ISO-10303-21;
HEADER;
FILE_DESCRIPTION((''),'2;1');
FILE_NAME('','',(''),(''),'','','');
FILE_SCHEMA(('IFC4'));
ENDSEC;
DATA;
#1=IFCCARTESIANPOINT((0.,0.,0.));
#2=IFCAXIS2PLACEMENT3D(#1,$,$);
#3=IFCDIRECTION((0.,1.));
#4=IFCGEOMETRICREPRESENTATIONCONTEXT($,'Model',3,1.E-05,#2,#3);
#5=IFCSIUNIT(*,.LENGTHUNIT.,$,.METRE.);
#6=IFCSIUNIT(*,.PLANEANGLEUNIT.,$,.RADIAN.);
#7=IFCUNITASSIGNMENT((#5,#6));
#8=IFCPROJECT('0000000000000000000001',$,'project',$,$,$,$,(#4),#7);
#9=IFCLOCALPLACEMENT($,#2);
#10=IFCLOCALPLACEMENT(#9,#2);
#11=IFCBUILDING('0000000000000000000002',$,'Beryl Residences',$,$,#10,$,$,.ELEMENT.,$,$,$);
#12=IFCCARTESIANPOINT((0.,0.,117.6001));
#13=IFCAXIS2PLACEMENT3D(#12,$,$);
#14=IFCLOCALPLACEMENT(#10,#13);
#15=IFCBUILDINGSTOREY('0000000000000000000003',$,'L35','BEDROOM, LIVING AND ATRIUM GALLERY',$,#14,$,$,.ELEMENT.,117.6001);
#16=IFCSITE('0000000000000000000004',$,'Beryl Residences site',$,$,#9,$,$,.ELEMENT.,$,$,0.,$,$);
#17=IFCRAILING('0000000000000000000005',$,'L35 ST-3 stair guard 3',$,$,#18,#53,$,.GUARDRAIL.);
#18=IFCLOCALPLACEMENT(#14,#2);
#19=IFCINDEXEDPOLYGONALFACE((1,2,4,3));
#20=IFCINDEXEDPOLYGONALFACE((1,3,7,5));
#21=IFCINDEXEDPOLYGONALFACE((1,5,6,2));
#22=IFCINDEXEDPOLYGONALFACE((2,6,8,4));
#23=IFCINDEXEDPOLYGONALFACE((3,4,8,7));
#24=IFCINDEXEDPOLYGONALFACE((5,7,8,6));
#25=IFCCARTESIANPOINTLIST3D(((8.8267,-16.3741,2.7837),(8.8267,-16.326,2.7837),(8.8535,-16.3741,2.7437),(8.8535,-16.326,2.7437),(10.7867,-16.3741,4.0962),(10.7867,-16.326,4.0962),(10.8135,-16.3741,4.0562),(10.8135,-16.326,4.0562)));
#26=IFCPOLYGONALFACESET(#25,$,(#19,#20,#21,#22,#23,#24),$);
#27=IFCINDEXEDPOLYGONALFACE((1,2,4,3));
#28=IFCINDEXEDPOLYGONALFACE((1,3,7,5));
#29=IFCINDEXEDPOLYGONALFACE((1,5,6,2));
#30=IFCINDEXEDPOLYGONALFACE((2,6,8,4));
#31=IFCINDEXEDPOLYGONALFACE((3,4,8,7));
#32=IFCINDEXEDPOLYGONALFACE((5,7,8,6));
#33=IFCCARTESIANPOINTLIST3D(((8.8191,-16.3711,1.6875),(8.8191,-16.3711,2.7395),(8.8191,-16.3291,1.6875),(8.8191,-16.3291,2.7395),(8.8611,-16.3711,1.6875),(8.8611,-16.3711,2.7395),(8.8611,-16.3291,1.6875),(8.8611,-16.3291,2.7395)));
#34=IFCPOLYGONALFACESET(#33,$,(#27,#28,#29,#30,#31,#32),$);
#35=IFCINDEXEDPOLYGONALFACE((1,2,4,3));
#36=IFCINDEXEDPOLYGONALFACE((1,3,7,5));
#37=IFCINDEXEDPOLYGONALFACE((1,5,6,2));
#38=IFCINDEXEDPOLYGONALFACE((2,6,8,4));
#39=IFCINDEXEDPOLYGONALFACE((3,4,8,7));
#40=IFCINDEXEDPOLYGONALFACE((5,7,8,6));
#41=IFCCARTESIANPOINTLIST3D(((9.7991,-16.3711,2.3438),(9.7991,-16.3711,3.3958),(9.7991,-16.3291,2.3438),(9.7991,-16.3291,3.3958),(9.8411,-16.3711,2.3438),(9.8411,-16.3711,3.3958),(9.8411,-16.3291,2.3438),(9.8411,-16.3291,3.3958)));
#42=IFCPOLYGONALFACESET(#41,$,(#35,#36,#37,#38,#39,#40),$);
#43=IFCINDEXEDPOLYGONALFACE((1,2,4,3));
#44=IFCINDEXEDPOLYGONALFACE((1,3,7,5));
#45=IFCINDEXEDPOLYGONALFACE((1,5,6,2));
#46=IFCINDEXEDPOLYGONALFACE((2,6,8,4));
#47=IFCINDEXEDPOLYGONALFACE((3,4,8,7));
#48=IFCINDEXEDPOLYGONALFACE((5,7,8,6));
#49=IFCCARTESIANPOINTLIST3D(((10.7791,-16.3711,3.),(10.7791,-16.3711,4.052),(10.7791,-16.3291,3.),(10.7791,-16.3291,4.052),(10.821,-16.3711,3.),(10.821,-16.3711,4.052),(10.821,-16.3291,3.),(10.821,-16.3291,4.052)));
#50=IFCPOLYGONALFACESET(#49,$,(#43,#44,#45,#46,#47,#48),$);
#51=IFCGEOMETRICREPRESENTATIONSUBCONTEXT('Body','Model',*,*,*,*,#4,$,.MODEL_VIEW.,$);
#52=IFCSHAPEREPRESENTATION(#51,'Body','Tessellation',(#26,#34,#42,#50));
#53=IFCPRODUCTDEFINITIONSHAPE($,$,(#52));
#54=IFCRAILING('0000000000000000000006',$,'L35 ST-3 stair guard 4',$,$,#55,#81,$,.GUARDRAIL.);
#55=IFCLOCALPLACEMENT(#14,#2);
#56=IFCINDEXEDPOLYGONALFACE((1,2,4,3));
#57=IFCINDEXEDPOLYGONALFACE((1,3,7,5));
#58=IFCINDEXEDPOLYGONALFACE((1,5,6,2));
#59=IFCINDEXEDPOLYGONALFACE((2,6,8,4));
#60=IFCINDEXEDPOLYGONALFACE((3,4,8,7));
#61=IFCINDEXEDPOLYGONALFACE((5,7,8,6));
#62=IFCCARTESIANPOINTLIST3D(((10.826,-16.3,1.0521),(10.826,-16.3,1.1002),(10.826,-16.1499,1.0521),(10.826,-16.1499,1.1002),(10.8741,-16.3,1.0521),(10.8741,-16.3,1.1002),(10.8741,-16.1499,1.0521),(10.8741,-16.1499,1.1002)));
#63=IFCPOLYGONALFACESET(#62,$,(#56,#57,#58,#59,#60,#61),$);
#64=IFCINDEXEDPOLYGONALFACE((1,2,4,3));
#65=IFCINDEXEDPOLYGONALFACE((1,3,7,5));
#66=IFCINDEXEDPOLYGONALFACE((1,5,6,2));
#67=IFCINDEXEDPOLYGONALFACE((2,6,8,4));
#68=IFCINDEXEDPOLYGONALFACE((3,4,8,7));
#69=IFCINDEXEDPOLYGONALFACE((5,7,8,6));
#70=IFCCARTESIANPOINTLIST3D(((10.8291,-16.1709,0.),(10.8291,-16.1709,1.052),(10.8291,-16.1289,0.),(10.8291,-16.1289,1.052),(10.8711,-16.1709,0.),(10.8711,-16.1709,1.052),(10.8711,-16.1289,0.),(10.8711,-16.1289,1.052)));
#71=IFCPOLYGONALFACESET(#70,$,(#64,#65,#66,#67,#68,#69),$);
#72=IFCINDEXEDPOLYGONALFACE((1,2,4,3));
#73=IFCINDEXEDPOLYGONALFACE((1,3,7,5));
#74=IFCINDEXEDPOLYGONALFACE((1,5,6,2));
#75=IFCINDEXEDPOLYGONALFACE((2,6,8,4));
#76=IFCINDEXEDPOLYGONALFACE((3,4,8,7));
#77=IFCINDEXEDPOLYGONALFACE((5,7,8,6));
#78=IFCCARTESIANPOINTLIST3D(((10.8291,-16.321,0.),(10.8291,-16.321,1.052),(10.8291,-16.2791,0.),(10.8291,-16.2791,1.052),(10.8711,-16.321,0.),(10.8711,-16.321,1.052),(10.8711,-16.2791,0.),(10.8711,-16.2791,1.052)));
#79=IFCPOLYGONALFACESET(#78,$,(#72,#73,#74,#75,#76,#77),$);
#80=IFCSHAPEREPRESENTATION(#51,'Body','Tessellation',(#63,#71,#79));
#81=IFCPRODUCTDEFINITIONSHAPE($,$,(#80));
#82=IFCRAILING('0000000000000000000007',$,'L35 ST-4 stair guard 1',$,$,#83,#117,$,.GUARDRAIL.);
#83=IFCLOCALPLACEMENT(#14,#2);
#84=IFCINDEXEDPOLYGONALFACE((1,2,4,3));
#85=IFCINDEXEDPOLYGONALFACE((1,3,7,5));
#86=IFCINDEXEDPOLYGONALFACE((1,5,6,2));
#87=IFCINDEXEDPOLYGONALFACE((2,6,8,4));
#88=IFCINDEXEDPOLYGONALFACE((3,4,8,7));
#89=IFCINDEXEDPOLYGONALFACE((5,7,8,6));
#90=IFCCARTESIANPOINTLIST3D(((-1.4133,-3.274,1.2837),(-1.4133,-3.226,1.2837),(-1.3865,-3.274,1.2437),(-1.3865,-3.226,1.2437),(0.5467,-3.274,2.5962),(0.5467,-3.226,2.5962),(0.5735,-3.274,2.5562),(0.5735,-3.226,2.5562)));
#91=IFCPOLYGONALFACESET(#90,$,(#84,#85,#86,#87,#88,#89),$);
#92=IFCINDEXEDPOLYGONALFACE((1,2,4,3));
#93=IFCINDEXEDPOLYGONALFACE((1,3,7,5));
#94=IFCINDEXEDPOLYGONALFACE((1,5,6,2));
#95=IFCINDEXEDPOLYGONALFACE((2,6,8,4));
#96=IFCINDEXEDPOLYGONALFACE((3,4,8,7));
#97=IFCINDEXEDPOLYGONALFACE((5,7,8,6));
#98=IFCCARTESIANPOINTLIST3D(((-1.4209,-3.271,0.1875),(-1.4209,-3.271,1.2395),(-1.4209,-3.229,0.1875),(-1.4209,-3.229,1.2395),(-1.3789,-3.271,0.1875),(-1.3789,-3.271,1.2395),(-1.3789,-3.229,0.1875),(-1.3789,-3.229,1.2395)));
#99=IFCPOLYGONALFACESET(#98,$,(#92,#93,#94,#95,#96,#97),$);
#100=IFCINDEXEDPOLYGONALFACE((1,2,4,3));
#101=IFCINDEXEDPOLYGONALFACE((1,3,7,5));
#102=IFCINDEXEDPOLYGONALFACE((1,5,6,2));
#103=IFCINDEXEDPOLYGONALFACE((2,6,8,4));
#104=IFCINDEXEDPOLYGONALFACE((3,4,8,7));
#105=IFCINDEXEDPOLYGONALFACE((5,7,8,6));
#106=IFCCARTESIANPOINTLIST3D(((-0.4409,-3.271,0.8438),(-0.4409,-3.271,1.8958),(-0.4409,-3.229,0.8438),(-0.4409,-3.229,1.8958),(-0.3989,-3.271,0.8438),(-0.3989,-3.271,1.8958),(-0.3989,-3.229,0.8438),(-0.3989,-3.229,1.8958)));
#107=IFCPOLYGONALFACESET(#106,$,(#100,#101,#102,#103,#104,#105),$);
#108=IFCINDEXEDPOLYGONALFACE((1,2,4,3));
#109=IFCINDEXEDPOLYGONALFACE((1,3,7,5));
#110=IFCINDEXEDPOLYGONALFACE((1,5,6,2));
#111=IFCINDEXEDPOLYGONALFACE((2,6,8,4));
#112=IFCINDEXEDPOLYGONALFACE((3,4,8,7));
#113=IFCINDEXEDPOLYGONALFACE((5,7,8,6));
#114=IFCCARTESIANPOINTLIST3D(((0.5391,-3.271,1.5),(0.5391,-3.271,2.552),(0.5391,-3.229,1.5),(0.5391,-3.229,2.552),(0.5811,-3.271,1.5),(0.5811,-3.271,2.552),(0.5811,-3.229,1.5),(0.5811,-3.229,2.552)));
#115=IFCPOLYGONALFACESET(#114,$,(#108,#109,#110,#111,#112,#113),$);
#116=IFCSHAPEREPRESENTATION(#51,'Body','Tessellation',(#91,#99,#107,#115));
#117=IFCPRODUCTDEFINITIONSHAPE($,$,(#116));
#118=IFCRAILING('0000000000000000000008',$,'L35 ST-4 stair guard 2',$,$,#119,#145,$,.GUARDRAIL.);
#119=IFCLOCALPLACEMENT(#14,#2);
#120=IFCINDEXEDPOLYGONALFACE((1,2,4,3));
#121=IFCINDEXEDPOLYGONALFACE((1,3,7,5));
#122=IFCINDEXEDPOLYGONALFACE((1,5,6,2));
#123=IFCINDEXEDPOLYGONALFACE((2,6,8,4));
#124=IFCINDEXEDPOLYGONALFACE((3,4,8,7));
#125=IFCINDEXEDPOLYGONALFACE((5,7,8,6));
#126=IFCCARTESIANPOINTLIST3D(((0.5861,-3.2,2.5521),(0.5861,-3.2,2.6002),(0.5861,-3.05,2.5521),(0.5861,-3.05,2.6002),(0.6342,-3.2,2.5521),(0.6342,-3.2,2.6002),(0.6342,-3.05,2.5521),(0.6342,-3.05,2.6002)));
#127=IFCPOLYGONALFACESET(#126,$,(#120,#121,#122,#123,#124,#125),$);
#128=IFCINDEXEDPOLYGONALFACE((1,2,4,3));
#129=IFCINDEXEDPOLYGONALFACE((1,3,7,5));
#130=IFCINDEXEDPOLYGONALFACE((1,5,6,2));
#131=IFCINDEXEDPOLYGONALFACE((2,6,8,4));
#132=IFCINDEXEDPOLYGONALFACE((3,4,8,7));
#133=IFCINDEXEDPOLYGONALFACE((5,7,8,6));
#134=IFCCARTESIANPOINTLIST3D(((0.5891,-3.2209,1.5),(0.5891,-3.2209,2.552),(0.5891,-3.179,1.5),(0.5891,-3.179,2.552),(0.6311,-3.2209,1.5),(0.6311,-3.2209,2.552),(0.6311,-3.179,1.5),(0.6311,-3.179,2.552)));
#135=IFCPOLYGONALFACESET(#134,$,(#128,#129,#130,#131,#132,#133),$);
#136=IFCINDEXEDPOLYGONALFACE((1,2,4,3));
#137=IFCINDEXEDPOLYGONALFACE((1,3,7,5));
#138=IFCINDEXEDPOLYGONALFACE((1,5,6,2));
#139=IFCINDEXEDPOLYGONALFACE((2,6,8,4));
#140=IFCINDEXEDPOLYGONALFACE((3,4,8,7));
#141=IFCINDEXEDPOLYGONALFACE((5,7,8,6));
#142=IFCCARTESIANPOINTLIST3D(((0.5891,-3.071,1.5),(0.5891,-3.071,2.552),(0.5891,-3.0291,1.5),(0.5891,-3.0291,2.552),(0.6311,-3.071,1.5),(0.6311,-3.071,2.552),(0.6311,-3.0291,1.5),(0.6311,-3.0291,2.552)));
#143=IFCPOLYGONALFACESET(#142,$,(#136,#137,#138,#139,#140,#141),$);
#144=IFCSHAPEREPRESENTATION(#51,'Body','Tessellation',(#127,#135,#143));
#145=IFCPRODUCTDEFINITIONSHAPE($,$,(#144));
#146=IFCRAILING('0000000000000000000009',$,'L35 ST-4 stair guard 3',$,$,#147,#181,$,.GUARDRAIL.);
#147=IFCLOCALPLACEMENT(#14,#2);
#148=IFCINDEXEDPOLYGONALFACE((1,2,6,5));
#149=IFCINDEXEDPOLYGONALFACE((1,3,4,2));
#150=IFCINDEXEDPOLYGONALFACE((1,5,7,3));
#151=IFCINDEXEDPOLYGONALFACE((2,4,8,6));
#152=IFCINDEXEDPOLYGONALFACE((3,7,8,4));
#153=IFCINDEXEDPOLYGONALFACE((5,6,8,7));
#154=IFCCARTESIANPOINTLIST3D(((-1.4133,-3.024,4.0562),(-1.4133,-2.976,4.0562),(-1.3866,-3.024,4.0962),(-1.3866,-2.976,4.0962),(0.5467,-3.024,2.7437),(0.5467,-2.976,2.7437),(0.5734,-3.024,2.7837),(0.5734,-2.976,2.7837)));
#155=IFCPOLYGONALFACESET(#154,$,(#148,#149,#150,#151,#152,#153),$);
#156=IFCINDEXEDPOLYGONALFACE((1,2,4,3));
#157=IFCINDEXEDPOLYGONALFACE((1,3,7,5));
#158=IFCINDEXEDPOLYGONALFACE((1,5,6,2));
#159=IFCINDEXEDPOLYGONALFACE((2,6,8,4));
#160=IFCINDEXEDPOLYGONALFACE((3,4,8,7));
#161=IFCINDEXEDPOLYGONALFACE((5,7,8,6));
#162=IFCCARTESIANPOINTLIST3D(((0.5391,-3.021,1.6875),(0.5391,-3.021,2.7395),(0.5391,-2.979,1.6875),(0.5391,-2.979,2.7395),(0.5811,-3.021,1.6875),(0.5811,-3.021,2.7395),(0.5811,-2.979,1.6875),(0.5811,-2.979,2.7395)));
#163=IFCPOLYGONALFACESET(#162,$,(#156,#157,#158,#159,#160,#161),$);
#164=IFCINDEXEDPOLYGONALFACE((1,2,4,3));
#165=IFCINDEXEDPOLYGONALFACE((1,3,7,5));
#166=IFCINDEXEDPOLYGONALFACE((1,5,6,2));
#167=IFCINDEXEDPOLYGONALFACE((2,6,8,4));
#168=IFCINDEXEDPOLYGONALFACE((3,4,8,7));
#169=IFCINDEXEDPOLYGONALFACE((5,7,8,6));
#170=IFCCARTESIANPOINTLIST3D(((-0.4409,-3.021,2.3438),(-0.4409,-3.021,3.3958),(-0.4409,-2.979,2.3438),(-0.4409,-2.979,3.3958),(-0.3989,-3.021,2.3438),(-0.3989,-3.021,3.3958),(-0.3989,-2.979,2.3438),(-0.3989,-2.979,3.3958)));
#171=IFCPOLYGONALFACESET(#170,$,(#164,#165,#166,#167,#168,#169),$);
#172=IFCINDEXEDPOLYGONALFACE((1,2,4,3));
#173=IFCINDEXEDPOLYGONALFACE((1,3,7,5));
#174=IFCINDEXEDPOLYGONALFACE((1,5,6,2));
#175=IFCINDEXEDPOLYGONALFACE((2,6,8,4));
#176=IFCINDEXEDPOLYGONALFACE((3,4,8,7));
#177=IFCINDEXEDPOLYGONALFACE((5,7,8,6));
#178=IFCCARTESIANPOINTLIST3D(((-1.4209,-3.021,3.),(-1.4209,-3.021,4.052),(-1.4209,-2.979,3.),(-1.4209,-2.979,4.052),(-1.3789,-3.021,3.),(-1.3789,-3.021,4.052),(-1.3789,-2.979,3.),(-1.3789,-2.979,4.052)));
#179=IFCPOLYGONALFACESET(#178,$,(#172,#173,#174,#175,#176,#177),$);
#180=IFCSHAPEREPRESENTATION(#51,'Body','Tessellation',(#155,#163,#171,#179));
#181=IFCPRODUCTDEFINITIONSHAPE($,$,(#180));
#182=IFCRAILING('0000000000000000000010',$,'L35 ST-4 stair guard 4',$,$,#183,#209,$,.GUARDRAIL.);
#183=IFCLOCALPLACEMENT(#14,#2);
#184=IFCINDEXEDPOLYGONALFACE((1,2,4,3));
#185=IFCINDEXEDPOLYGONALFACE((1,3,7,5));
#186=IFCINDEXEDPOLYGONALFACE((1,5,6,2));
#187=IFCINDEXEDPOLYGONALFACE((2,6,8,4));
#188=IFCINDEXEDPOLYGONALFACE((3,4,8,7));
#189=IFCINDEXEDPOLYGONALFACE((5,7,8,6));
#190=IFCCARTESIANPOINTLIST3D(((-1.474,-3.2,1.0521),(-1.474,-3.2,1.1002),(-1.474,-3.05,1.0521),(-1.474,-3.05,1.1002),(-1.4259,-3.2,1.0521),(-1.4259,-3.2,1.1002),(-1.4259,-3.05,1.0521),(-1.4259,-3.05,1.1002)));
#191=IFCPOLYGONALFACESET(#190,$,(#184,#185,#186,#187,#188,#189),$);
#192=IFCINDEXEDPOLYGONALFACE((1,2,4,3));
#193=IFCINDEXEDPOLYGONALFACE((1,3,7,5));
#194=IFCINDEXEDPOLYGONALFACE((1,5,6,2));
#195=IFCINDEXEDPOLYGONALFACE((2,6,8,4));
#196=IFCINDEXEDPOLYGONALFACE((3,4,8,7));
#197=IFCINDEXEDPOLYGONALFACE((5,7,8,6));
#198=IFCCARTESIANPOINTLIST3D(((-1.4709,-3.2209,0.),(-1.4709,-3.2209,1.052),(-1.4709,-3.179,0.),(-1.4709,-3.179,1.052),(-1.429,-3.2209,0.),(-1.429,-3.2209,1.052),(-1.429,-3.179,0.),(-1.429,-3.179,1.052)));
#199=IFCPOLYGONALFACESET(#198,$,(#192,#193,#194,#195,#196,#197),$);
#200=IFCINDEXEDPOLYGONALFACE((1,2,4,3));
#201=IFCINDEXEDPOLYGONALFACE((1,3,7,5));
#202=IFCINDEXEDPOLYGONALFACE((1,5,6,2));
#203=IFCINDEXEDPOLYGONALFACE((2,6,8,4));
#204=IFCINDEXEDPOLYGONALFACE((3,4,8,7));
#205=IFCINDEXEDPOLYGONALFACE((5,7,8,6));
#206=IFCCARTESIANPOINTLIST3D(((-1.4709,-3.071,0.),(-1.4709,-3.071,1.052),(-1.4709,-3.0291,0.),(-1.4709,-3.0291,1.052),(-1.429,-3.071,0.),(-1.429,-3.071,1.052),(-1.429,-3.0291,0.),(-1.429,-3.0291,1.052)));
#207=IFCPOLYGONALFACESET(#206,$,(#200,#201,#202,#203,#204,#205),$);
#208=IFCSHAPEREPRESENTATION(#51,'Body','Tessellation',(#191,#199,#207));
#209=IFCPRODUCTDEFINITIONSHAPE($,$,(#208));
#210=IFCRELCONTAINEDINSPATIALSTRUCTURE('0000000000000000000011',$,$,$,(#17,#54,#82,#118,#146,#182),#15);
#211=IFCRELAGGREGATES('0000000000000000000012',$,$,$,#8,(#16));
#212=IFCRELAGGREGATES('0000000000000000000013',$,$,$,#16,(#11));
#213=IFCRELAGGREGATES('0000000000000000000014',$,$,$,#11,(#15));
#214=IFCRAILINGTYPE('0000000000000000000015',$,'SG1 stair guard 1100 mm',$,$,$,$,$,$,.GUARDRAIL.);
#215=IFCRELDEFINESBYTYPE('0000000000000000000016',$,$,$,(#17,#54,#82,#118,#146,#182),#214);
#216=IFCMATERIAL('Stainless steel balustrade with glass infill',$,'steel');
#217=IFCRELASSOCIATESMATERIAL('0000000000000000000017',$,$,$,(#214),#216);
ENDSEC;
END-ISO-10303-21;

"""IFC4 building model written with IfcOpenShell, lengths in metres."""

from ifc_helpers import new_model, si_unit, direction, frame, origin, origin_2d, place, context, subcontext, project, spatial, rectangle, extrude, material, type_object, element, save


model = new_model("IFC4")

# Units and contexts
model_context = context("Model", 3, precision=1e-05, world=origin(), true_north=direction((0.0, 1.0)))
body_context = subcontext(model_context, "Body", "Model", "MODEL_VIEW")
ifc_project = project(units=[si_unit("LENGTHUNIT", "METRE"), si_unit("PLANEANGLEUNIT", "RADIAN")], contexts=[model_context])

# Site, building, storey
site_placement = place(None, origin())
site = spatial("IfcSite", under=ifc_project, at=site_placement, Name="Beryl Residences site", CompositionType="ELEMENT", RefElevation=0.0)
building_placement = place(site_placement, origin())
building = spatial("IfcBuilding", under=site, at=building_placement, Name="Beryl Residences", CompositionType="ELEMENT")
storey_placement = place(building_placement, frame((0.0, 0.0, 117.6001)))
storey = spatial("IfcBuildingStorey", under=building, at=storey_placement, Name="L35", Description="BEDROOM, LIVING AND ATRIUM GALLERY", CompositionType="ELEMENT", Elevation=117.6001)

# Railings
ifc_material_1 = material(Name="Stainless steel balustrade with glass infill", Category="steel")
railing_type_1 = type_object("IfcRailingType", Name="SG1 stair guard 1100 mm", PredefinedType="GUARDRAIL", material=ifc_material_1)
railing_1_placement = place(storey_placement, frame((8.8401, -16.3501, 1.6875)))
element("IfcRailing", 1, at=railing_1_placement, inside=storey, type_object=railing_type_1, Name="L35 ST-3 stair guard 3", PredefinedType="GUARDRAIL", context=body_context, shape_type="SweptSolid", body=[
    extrude(rectangle(XDim=0.0481, YDim=0.0481, at=origin_2d()), frame((0.0, 0.0, 1.0762), z_axis=(0.830902, 0.0, 0.556419), x_axis=(0.0, 1.0, 0.0)), (0.0, 0.0, 1.0), 2.3589),
    extrude(rectangle(XDim=0.042, YDim=0.042, at=origin_2d()), origin(), (0.0, 0.0, 1.0), 1.052),
    extrude(rectangle(XDim=0.042, YDim=0.042, at=origin_2d()), frame((0.98, 0.0, 0.6562)), (0.0, 0.0, 1.0), 1.052),
    extrude(rectangle(XDim=0.042, YDim=0.042, at=origin_2d()), frame((1.96, 0.0, 1.3125)), (0.0, 0.0, 1.0), 1.052),
])
railing_2_placement = place(storey_placement, frame((10.8501, -16.1499, 0.0)))
element("IfcRailing", 2, at=railing_2_placement, inside=storey, type_object=railing_type_1, Name="L35 ST-3 stair guard 4", PredefinedType="GUARDRAIL", context=body_context, shape_type="SweptSolid", body=[
    extrude(rectangle(XDim=0.0481, YDim=0.0481, at=origin_2d()), frame((0.0, 0.0, 1.0762), z_axis=(0.0, -1.0, 0.0), x_axis=(1.0, 0.0, 0.0)), (0.0, 0.0, 1.0), 0.1501),
    extrude(rectangle(XDim=0.042, YDim=0.042, at=origin_2d()), origin(), (0.0, 0.0, 1.0), 1.052),
    extrude(rectangle(XDim=0.042, YDim=0.042, at=origin_2d()), frame((0.0, -0.1501, 0.0)), (0.0, 0.0, 1.0), 1.052),
])
railing_3_placement = place(storey_placement, frame((-1.3999, -3.25, 0.1875)))
element("IfcRailing", 3, at=railing_3_placement, inside=storey, type_object=railing_type_1, Name="L35 ST-4 stair guard 1", PredefinedType="GUARDRAIL", context=body_context, shape_type="SweptSolid", body=[
    extrude(rectangle(XDim=0.0481, YDim=0.0481, at=origin_2d()), frame((0.0, 0.0, 1.0762), z_axis=(0.830902, 0.0, 0.556419), x_axis=(0.0, 1.0, 0.0)), (0.0, 0.0, 1.0), 2.3589),
    extrude(rectangle(XDim=0.042, YDim=0.042, at=origin_2d()), origin(), (0.0, 0.0, 1.0), 1.052),
    extrude(rectangle(XDim=0.042, YDim=0.042, at=origin_2d()), frame((0.98, 0.0, 0.6562)), (0.0, 0.0, 1.0), 1.052),
    extrude(rectangle(XDim=0.042, YDim=0.042, at=origin_2d()), frame((1.96, 0.0, 1.3125)), (0.0, 0.0, 1.0), 1.052),
])
railing_4_placement = place(storey_placement, frame((0.6101, -3.2, 1.5)))
element("IfcRailing", 4, at=railing_4_placement, inside=storey, type_object=railing_type_1, Name="L35 ST-4 stair guard 2", PredefinedType="GUARDRAIL", context=body_context, shape_type="SweptSolid", body=[
    extrude(rectangle(XDim=0.0481, YDim=0.0481, at=origin_2d()), frame((0.0, 0.0, 1.0762), z_axis=(0.0, 1.0, 0.0), x_axis=(-1.0, 0.0, 0.0)), (0.0, 0.0, 1.0), 0.1499),
    extrude(rectangle(XDim=0.042, YDim=0.042, at=origin_2d()), origin(), (0.0, 0.0, 1.0), 1.052),
    extrude(rectangle(XDim=0.042, YDim=0.042, at=origin_2d()), frame((0.0, 0.1499, 0.0)), (0.0, 0.0, 1.0), 1.052),
])
railing_5_placement = place(storey_placement, frame((0.5601, -3.0, 1.6875)))
element("IfcRailing", 5, at=railing_5_placement, inside=storey, type_object=railing_type_1, Name="L35 ST-4 stair guard 3", PredefinedType="GUARDRAIL", context=body_context, shape_type="SweptSolid", body=[
    extrude(rectangle(XDim=0.0481, YDim=0.0481, at=origin_2d()), frame((0.0, 0.0, 1.0762), z_axis=(-0.830902, 0.0, 0.556419), x_axis=(0.0, -1.0, 0.0)), (0.0, 0.0, 1.0), 2.3589),
    extrude(rectangle(XDim=0.042, YDim=0.042, at=origin_2d()), origin(), (0.0, 0.0, 1.0), 1.052),
    extrude(rectangle(XDim=0.042, YDim=0.042, at=origin_2d()), frame((-0.98, 0.0, 0.6562)), (0.0, 0.0, 1.0), 1.052),
    extrude(rectangle(XDim=0.042, YDim=0.042, at=origin_2d()), frame((-1.96, 0.0, 1.3125)), (0.0, 0.0, 1.0), 1.052),
])
railing_6_placement = place(storey_placement, frame((-1.45, -3.2, 0.0)))
element("IfcRailing", 6, at=railing_6_placement, inside=storey, type_object=railing_type_1, Name="L35 ST-4 stair guard 4", PredefinedType="GUARDRAIL", context=body_context, shape_type="SweptSolid", body=[
    extrude(rectangle(XDim=0.0481, YDim=0.0481, at=origin_2d()), frame((0.0, 0.0, 1.0762), z_axis=(0.0, 1.0, 0.0), x_axis=(-1.0, 0.0, 0.0)), (0.0, 0.0, 1.0), 0.1499),
    extrude(rectangle(XDim=0.042, YDim=0.042, at=origin_2d()), origin(), (0.0, 0.0, 1.0), 1.052),
    extrude(rectangle(XDim=0.042, YDim=0.042, at=origin_2d()), frame((0.0, 0.1499, 0.0)), (0.0, 0.0, 1.0), 1.052),
])

save(model, "model.ifc")
